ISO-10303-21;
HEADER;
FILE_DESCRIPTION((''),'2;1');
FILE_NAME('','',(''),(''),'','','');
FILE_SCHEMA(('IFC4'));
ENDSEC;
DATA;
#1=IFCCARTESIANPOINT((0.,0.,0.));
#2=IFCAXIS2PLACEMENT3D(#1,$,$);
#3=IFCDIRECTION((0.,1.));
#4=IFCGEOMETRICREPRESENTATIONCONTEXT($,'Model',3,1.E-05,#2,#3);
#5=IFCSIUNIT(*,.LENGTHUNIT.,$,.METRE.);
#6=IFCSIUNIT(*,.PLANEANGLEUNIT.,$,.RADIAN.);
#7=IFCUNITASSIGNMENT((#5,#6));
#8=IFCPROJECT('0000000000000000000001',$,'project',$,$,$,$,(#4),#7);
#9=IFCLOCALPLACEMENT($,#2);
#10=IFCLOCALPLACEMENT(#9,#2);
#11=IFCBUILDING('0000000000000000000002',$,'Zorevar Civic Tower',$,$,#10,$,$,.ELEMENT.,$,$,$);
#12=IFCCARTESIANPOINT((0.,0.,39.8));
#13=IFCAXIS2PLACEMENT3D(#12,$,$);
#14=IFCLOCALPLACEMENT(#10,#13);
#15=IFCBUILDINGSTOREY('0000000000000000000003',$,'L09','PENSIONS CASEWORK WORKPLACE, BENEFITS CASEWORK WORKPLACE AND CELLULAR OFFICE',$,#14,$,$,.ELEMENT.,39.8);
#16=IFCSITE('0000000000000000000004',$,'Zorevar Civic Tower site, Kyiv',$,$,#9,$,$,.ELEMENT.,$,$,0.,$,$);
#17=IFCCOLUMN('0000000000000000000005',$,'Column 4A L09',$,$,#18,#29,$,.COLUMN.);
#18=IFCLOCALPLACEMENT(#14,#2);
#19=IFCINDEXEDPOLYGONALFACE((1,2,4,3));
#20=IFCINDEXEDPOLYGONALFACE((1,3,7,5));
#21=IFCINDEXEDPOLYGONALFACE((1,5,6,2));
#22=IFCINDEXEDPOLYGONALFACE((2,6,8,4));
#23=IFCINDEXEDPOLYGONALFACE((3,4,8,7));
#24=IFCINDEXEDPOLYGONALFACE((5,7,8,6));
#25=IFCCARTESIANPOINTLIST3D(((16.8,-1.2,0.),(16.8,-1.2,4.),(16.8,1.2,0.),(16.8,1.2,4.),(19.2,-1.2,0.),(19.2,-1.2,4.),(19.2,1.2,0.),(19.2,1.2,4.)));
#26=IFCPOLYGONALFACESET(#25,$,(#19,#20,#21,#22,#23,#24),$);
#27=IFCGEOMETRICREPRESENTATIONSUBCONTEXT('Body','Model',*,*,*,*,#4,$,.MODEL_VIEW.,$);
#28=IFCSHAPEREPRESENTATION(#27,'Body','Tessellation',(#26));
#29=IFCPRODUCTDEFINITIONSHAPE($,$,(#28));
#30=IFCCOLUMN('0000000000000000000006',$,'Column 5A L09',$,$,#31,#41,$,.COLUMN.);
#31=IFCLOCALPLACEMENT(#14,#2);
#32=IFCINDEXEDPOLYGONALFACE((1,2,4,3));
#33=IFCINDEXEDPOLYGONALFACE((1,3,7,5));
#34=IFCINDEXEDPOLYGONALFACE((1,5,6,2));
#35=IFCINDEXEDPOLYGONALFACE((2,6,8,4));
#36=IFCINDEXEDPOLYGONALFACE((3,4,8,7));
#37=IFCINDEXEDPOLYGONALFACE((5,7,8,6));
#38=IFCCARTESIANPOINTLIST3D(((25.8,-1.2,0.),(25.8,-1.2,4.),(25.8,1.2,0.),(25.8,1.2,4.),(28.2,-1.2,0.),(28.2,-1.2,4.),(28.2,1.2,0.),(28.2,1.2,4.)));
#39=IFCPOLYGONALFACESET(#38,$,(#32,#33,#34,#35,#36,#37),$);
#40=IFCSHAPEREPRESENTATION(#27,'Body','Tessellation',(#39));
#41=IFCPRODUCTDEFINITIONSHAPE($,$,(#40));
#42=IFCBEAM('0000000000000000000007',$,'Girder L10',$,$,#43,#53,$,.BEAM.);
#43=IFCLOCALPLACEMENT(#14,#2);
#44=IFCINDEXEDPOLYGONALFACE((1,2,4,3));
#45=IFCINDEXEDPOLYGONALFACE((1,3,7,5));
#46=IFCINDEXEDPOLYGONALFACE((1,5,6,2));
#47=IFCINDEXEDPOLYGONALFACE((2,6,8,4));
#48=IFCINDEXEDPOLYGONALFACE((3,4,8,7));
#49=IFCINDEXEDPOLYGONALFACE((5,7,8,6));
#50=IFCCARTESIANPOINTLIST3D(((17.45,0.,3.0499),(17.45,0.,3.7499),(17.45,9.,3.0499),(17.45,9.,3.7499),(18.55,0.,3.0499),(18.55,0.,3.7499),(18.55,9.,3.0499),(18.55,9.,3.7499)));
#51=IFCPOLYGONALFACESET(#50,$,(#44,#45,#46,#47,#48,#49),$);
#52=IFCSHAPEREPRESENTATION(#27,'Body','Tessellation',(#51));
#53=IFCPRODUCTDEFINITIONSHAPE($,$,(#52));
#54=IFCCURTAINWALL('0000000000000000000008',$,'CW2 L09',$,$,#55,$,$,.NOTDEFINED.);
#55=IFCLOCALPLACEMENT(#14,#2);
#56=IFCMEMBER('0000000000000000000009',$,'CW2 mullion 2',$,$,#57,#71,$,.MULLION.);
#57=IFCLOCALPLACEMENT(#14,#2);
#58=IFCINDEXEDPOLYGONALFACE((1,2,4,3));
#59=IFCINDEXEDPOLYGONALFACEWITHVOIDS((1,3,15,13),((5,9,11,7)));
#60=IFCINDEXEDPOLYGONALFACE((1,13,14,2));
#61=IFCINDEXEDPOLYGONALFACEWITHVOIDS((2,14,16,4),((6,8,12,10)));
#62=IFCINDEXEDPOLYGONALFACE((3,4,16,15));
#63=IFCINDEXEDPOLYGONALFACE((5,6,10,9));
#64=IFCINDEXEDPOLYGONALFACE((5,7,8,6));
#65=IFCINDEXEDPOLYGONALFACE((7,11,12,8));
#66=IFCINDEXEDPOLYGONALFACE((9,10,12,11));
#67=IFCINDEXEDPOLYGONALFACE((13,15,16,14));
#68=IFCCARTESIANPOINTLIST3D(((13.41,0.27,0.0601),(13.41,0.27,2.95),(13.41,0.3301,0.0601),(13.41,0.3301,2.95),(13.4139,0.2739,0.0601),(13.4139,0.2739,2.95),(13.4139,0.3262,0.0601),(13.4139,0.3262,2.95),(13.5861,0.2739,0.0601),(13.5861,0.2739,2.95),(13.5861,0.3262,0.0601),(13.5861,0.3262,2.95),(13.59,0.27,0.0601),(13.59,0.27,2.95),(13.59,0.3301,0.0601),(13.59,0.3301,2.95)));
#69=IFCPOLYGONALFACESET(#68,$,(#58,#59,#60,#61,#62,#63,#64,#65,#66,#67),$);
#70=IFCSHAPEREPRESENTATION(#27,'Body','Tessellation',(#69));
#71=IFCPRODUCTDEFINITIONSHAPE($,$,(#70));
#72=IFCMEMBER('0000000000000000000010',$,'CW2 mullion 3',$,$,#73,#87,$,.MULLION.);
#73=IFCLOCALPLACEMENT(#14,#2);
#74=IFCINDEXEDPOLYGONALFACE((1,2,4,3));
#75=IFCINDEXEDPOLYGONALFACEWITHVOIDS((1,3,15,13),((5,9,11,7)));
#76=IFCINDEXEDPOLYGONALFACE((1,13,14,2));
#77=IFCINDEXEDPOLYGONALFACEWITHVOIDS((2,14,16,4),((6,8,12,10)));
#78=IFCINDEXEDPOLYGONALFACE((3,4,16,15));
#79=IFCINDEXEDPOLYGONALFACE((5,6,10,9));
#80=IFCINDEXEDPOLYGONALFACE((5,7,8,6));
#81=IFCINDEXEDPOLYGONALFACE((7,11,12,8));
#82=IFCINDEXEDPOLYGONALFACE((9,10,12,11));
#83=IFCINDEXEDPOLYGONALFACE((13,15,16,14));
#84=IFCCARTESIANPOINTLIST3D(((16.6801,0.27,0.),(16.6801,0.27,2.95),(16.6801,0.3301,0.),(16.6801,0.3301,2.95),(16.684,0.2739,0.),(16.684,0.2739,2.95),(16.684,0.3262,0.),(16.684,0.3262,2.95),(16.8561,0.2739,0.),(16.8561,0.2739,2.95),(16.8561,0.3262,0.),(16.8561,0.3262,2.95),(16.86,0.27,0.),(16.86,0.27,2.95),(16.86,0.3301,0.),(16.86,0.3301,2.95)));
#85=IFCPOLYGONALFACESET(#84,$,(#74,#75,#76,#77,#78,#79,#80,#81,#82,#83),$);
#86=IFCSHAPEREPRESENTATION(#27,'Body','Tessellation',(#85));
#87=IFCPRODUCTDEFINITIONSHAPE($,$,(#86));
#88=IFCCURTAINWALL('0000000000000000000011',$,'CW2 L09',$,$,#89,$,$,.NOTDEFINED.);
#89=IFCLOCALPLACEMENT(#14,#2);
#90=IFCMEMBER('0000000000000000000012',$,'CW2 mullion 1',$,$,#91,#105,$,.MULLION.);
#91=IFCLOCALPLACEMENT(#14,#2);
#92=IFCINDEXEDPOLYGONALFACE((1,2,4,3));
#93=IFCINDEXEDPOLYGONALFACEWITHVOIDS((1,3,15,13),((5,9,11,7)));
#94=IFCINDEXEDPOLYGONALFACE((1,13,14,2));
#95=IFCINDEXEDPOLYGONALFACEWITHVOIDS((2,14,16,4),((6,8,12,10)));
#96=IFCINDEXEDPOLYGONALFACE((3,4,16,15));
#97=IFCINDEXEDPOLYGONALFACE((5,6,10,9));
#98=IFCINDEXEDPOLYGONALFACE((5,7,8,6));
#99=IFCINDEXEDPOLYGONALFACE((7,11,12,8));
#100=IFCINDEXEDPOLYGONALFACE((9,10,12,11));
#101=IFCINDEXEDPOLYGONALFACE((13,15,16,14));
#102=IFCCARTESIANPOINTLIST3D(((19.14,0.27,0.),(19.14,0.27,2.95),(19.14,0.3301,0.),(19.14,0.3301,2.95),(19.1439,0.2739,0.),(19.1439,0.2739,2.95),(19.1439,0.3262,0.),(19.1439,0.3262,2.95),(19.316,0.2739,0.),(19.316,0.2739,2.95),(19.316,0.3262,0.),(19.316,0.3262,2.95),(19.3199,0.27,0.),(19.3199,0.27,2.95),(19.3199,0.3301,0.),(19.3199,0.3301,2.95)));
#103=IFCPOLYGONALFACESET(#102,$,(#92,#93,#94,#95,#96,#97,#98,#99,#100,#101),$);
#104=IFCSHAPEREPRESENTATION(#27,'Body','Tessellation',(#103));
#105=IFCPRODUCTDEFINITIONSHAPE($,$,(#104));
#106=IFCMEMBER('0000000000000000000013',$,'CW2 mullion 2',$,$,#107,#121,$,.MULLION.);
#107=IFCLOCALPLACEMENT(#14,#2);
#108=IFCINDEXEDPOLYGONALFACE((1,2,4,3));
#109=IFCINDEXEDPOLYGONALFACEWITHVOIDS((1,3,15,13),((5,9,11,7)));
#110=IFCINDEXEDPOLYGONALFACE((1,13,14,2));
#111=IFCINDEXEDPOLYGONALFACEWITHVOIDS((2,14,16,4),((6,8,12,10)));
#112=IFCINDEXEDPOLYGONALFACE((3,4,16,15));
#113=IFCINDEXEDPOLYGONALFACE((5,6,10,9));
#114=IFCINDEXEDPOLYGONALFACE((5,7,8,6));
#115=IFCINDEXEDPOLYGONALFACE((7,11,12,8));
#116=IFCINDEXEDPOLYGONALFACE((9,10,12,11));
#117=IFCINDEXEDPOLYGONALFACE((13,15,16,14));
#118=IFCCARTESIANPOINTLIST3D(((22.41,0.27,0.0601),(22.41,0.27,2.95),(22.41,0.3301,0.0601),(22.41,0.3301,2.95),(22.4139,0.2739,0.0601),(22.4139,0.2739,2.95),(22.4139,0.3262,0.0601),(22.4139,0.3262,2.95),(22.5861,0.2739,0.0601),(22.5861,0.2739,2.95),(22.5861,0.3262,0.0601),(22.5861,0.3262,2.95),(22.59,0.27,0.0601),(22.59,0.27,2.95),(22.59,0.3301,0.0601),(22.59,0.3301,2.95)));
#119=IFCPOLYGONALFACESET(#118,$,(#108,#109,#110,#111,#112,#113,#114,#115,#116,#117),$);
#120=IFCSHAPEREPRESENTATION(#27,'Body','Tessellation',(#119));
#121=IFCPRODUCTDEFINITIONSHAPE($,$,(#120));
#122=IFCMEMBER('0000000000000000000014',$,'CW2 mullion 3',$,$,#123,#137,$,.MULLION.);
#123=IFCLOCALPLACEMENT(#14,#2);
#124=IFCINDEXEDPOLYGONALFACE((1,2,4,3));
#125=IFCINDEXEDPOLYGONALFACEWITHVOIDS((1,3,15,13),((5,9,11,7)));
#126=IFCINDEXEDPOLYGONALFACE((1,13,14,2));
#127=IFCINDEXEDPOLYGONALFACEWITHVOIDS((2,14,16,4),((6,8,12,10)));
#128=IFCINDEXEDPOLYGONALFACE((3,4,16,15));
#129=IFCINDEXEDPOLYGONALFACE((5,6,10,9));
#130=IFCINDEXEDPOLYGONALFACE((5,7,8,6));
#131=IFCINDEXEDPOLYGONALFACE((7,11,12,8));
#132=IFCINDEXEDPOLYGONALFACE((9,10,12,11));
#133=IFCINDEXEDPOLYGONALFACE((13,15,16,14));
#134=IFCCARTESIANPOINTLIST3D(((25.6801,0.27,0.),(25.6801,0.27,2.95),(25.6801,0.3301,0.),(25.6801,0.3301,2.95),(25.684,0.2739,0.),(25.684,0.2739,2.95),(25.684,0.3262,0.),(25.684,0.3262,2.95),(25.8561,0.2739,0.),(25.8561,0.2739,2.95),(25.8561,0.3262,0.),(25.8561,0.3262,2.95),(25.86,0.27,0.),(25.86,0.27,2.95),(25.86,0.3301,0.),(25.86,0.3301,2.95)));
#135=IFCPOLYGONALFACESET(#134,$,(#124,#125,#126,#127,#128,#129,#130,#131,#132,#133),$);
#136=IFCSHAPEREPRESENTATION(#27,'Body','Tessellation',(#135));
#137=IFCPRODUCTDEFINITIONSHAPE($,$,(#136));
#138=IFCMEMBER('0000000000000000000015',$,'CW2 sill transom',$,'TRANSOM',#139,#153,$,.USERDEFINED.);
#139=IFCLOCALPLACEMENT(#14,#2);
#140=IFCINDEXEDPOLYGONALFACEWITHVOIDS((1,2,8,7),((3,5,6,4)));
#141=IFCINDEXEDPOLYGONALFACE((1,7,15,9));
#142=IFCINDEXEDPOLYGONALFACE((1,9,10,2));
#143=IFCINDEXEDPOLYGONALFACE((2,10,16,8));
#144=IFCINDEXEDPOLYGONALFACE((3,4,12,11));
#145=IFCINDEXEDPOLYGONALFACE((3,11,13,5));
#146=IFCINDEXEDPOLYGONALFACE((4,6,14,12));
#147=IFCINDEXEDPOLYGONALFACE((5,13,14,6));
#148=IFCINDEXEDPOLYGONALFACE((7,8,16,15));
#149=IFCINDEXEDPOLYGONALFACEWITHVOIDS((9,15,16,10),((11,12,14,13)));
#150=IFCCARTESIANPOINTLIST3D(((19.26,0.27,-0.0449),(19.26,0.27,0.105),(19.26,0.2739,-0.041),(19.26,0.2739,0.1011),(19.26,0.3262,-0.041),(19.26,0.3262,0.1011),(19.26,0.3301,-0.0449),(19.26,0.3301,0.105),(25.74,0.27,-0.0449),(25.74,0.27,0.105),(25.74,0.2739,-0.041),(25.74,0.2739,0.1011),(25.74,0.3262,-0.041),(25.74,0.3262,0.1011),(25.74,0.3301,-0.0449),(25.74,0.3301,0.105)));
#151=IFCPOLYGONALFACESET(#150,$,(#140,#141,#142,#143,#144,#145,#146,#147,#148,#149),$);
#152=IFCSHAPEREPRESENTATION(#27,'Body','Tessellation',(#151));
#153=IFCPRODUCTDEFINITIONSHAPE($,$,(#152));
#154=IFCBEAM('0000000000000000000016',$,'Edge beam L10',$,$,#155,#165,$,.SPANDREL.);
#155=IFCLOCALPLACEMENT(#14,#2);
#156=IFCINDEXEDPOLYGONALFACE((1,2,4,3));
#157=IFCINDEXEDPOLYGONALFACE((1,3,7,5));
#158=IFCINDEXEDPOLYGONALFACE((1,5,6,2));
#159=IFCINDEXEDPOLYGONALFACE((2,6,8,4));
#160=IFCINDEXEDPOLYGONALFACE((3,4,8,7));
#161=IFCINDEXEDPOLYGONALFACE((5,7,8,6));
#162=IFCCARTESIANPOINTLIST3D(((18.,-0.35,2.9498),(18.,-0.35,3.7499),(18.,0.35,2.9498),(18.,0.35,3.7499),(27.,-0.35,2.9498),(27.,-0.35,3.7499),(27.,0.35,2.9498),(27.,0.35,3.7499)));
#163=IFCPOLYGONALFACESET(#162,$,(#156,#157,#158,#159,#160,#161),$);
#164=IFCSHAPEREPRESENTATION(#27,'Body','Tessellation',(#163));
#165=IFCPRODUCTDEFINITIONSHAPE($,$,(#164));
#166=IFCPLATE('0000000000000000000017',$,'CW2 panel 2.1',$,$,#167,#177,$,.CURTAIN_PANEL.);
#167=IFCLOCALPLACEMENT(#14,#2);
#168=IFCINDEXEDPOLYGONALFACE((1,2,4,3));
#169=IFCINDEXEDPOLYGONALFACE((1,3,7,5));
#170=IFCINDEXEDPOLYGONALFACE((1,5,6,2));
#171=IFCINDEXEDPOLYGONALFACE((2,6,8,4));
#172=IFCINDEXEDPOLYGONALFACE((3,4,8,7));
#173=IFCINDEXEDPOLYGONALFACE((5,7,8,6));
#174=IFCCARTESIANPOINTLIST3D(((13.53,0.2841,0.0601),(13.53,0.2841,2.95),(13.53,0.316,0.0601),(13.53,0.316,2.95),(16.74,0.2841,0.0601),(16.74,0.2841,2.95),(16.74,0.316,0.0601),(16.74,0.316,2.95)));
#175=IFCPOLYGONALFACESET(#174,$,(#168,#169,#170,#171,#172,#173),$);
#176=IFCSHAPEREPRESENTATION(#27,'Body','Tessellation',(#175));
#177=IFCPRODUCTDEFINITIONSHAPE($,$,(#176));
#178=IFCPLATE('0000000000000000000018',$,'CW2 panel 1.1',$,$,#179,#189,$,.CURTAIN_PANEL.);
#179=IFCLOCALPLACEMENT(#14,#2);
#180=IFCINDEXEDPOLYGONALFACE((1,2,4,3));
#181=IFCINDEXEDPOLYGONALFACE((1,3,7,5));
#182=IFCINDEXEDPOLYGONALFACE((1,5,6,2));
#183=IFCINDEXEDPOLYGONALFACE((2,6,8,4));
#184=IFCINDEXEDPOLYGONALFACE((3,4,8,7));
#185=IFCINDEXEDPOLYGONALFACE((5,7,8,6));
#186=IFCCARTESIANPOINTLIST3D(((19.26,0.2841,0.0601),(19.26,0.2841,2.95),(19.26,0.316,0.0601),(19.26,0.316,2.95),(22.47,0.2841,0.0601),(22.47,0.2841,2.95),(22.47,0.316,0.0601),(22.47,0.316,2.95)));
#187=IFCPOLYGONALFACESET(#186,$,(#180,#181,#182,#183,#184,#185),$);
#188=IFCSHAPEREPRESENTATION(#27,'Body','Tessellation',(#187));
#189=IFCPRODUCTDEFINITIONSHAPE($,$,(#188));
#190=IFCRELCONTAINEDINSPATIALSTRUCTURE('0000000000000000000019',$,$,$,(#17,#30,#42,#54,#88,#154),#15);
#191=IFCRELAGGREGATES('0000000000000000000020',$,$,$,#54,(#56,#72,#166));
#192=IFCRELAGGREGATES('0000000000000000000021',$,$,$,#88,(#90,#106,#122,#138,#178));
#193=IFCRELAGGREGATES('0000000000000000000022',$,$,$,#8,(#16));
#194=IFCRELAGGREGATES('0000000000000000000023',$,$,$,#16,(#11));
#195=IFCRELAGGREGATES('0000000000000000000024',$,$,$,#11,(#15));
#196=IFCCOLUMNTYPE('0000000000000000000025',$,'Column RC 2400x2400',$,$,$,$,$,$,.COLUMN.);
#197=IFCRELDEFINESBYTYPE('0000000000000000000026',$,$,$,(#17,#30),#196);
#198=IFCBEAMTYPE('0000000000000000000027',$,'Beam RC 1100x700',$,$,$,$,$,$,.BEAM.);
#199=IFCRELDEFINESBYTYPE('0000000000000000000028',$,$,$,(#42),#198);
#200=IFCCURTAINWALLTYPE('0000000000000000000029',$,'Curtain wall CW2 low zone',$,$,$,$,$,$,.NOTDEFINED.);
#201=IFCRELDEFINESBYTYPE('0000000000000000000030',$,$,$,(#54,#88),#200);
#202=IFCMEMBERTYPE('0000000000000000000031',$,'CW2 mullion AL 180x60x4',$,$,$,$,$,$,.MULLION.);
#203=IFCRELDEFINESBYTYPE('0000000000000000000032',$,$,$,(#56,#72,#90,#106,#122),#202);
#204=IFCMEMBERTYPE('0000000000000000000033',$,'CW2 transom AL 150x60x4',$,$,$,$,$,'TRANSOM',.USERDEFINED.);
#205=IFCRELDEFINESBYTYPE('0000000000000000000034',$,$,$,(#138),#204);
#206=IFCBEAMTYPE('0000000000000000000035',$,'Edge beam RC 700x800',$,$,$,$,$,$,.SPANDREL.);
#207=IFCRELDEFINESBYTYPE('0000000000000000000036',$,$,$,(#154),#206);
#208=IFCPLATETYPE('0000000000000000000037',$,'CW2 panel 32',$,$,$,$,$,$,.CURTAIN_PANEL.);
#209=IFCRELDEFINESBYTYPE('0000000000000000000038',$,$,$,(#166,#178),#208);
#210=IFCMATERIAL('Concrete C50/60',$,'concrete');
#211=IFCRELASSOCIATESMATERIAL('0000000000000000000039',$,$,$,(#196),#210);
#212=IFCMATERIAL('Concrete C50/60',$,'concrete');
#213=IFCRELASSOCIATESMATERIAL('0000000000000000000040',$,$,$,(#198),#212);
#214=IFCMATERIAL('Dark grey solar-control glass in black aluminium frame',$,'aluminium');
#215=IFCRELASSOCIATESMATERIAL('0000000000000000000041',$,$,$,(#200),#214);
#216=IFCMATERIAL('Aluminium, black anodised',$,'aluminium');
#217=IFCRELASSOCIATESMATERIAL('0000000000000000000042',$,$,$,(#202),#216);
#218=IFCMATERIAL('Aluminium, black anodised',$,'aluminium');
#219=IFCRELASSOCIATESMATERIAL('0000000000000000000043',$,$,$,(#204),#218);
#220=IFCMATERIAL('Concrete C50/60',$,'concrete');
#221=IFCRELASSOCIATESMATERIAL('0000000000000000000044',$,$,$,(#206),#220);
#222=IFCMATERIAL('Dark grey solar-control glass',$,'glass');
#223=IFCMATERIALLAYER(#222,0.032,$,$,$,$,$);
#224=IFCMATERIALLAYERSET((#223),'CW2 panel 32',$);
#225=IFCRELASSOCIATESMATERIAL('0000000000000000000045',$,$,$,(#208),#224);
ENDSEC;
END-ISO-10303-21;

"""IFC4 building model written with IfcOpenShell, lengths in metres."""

from ifc_helpers import new_model, si_unit, direction, frame, origin, origin_2d, place, context, subcontext, project, spatial, rectangle, hollow_rectangle, extrude, material, layer, layer_set, material_profile, profile_set, type_object, element, aggregate, save


model = new_model("IFC4")

# Units and contexts
model_context = context("Model", 3, precision=1e-05, world=origin(), true_north=direction((0.0, 1.0)))
body_context = subcontext(model_context, "Body", "Model", "MODEL_VIEW")
ifc_project = project(units=[si_unit("LENGTHUNIT", "METRE"), si_unit("PLANEANGLEUNIT", "RADIAN")], contexts=[model_context])

# Site, building, storey
site_placement = place(None, origin())
site = spatial("IfcSite", under=ifc_project, at=site_placement, Name="Zorevar Civic Tower site, Kyiv", CompositionType="ELEMENT", RefElevation=0.0)
building_placement = place(site_placement, origin())
building = spatial("IfcBuilding", under=site, at=building_placement, Name="Zorevar Civic Tower", CompositionType="ELEMENT")
storey_placement = place(building_placement, frame((0.0, 0.0, 39.8)))
storey = spatial("IfcBuildingStorey", under=building, at=storey_placement, Name="L09", Description="PENSIONS CASEWORK WORKPLACE, BENEFITS CASEWORK WORKPLACE AND CELLULAR OFFICE", CompositionType="ELEMENT", Elevation=39.8)

# Columns
ifc_material_1 = material(Name="Concrete C50/60", Category="concrete")
ifc_material_profile_1 = material_profile(ifc_material_1, rectangle(XDim=2.3999, YDim=2.3999, at=origin_2d()), Name="RC 2400x2400")
ifc_profile_set_1 = profile_set([ifc_material_profile_1], Name="Concrete C50/60")
column_type = type_object("IfcColumnType", Name="Column RC 2400x2400", PredefinedType="COLUMN", material=ifc_profile_set_1)
for number, where, z_axis, x_axis, name in (
    (1, (18.0, 0.0, 0.0), (0.0, 0.0, 1.0), (1.0, 0.0, 0.0), "Column 4A L09"),
    (2, (27.0, 0.0, 0.0), (0.0, 0.0, 1.0), (1.0, 0.0, 0.0), "Column 5A L09"),
):
    element("IfcColumn", number, at=place(storey_placement, frame(where, z_axis=z_axis, x_axis=x_axis)), inside=storey, type_object=column_type, Name=name, PredefinedType="COLUMN", context=body_context, shape_type="SweptSolid", body=[
        extrude(rectangle(XDim=2.3999, YDim=2.3999, at=origin_2d()), origin(), (0.0, 0.0, 1.0), 4.0),
    ])

# Beam
ifc_material_2 = material(Name="Concrete C50/60", Category="concrete")
ifc_material_profile_2 = material_profile(ifc_material_2, rectangle(XDim=1.1001, YDim=0.7, at=origin_2d()), Name="RC 1100x700")
ifc_profile_set_2 = profile_set([ifc_material_profile_2], Name="Concrete C50/60")
beam_type_1 = type_object("IfcBeamType", Name="Beam RC 1100x700", PredefinedType="BEAM", material=ifc_profile_set_2)
beam_1_placement = place(storey_placement, frame((18.0, 0.0, 3.3999), z_axis=(0.0, 1.0, 0.0), x_axis=(-1.0, 0.0, 0.0)))
element("IfcBeam", 3, at=beam_1_placement, inside=storey, type_object=beam_type_1, Name="Girder L10", PredefinedType="BEAM", context=body_context, shape_type="SweptSolid", body=[
    extrude(rectangle(XDim=1.1001, YDim=0.7, at=origin_2d()), origin(), (0.0, 0.0, 1.0), 9.0),
])

# Curtain walls, members
ifc_material_3 = material(Name="Dark grey solar-control glass in black aluminium frame", Category="aluminium")
curtain_wall_type = type_object("IfcCurtainWallType", Name="Curtain wall CW2 low zone", PredefinedType="NOTDEFINED", material=ifc_material_3)
curtain_wall_1_placement = place(storey_placement, origin())
curtain_wall_1 = element("IfcCurtainWall", 4, at=curtain_wall_1_placement, inside=storey, type_object=curtain_wall_type, Name="CW2 L09", PredefinedType="NOTDEFINED")
ifc_material_4 = material(Name="Aluminium, black anodised", Category="aluminium")
ifc_material_profile_3 = material_profile(ifc_material_4, hollow_rectangle(XDim=0.0601, YDim=0.1799, WallThickness=0.0039, at=origin_2d()), Name="AL 180x60x4")
ifc_profile_set_3 = profile_set([ifc_material_profile_3], Name="Aluminium, black anodised")
member_type_1 = type_object("IfcMemberType", Name="CW2 mullion AL 180x60x4", PredefinedType="MULLION", material=ifc_profile_set_3)
member_1_placement = place(storey_placement, frame((13.5, 0.3, 0.0601), z_axis=(0.0, 0.0, 1.0), x_axis=(0.0, 1.0, 0.0)))
member_1 = element("IfcMember", 5, at=member_1_placement, type_object=member_type_1, Name="CW2 mullion 2", PredefinedType="MULLION", context=body_context, shape_type="SweptSolid", body=[
    extrude(hollow_rectangle(XDim=0.0601, YDim=0.1799, WallThickness=0.0039, at=origin_2d()), origin(), (0.0, 0.0, 1.0), 2.8899),
])
member_2_placement = place(storey_placement, frame((16.77, 0.3, 0.0), z_axis=(0.0, 0.0, 1.0), x_axis=(0.0, 1.0, 0.0)))
member_2 = element("IfcMember", 6, at=member_2_placement, type_object=member_type_1, Name="CW2 mullion 3", PredefinedType="MULLION", context=body_context, shape_type="SweptSolid", body=[
    extrude(hollow_rectangle(XDim=0.0601, YDim=0.1799, WallThickness=0.0039, at=origin_2d()), origin(), (0.0, 0.0, 1.0), 2.95),
])
curtain_wall_2_placement = place(storey_placement, origin())
curtain_wall_2 = element("IfcCurtainWall", 7, at=curtain_wall_2_placement, inside=storey, type_object=curtain_wall_type, Name="CW2 L09", PredefinedType="NOTDEFINED")
member_3_placement = place(storey_placement, frame((19.23, 0.3, 0.0), z_axis=(0.0, 0.0, 1.0), x_axis=(0.0, 1.0, 0.0)))
member_3 = element("IfcMember", 8, at=member_3_placement, type_object=member_type_1, Name="CW2 mullion 1", PredefinedType="MULLION", context=body_context, shape_type="SweptSolid", body=[
    extrude(hollow_rectangle(XDim=0.0601, YDim=0.1799, WallThickness=0.0039, at=origin_2d()), origin(), (0.0, 0.0, 1.0), 2.95),
])
member_4_placement = place(storey_placement, frame((22.5, 0.3, 0.0601), z_axis=(0.0, 0.0, 1.0), x_axis=(0.0, 1.0, 0.0)))
member_4 = element("IfcMember", 9, at=member_4_placement, type_object=member_type_1, Name="CW2 mullion 2", PredefinedType="MULLION", context=body_context, shape_type="SweptSolid", body=[
    extrude(hollow_rectangle(XDim=0.0601, YDim=0.1799, WallThickness=0.0039, at=origin_2d()), origin(), (0.0, 0.0, 1.0), 2.8899),
])
member_5_placement = place(storey_placement, frame((25.77, 0.3, 0.0), z_axis=(0.0, 0.0, 1.0), x_axis=(0.0, 1.0, 0.0)))
member_5 = element("IfcMember", 10, at=member_5_placement, type_object=member_type_1, Name="CW2 mullion 3", PredefinedType="MULLION", context=body_context, shape_type="SweptSolid", body=[
    extrude(hollow_rectangle(XDim=0.0601, YDim=0.1799, WallThickness=0.0039, at=origin_2d()), origin(), (0.0, 0.0, 1.0), 2.95),
])
ifc_material_5 = material(Name="Aluminium, black anodised", Category="aluminium")
ifc_material_profile_4 = material_profile(ifc_material_5, hollow_rectangle(XDim=0.0601, YDim=0.1499, WallThickness=0.0039, at=origin_2d()), Name="AL 150x60x4")
ifc_profile_set_4 = profile_set([ifc_material_profile_4], Name="Aluminium, black anodised")
member_type_2 = type_object("IfcMemberType", Name="CW2 transom AL 150x60x4", ElementType="TRANSOM", PredefinedType="USERDEFINED", material=ifc_profile_set_4)
member_6_placement = place(storey_placement, frame((19.26, 0.3, 0.03), z_axis=(1.0, 0.0, 0.0), x_axis=(0.0, 1.0, 0.0)))
member_6 = element("IfcMember", 11, at=member_6_placement, type_object=member_type_2, Name="CW2 sill transom", ObjectType="TRANSOM", PredefinedType="USERDEFINED", context=body_context, shape_type="SweptSolid", body=[
    extrude(hollow_rectangle(XDim=0.0601, YDim=0.1499, WallThickness=0.0039, at=origin_2d()), origin(), (0.0, 0.0, 1.0), 6.48),
])

# Beam
ifc_material_6 = material(Name="Concrete C50/60", Category="concrete")
ifc_material_profile_5 = material_profile(ifc_material_6, rectangle(XDim=0.7, YDim=0.8, at=origin_2d()), Name="RC 700x800")
ifc_profile_set_5 = profile_set([ifc_material_profile_5], Name="Concrete C50/60")
beam_type_2 = type_object("IfcBeamType", Name="Edge beam RC 700x800", PredefinedType="SPANDREL", material=ifc_profile_set_5)
beam_2_placement = place(storey_placement, frame((18.0, 0.0, 3.3499), z_axis=(1.0, 0.0, 0.0), x_axis=(0.0, 1.0, 0.0)))
element("IfcBeam", 12, at=beam_2_placement, inside=storey, type_object=beam_type_2, Name="Edge beam L10", PredefinedType="SPANDREL", context=body_context, shape_type="SweptSolid", body=[
    extrude(rectangle(XDim=0.7, YDim=0.8, at=origin_2d()), origin(), (0.0, 0.0, 1.0), 9.0),
])

# Plates
ifc_material_7 = material(Name="Dark grey solar-control glass", Category="glass")
ifc_layer_1 = layer(ifc_material_7, 0.032)
ifc_layer_set_1 = layer_set([ifc_layer_1], Name="CW2 panel 32")
plate_type = type_object("IfcPlateType", Name="CW2 panel 32", PredefinedType="CURTAIN_PANEL", material=ifc_layer_set_1)
plate_1_placement = place(storey_placement, frame((15.135, 0.3, 0.0601), z_axis=(0.0, 0.0, 1.0), x_axis=(1.0, 0.0, 0.0)))
plate_1 = element("IfcPlate", 13, at=plate_1_placement, type_object=plate_type, Name="CW2 panel 2.1", PredefinedType="CURTAIN_PANEL", context=body_context, shape_type="SweptSolid", body=[
    extrude(rectangle(XDim=3.21, YDim=0.032, at=origin_2d()), origin(), (0.0, 0.0, 1.0), 2.8899),
])
aggregate(curtain_wall_1, [member_1, member_2, plate_1])
plate_2_placement = place(storey_placement, frame((20.865, 0.3, 0.0601), z_axis=(0.0, 0.0, 1.0), x_axis=(1.0, 0.0, 0.0)))
plate_2 = element("IfcPlate", 14, at=plate_2_placement, type_object=plate_type, Name="CW2 panel 1.1", PredefinedType="CURTAIN_PANEL", context=body_context, shape_type="SweptSolid", body=[
    extrude(rectangle(XDim=3.21, YDim=0.032, at=origin_2d()), origin(), (0.0, 0.0, 1.0), 2.8899),
])
aggregate(curtain_wall_2, [member_3, member_4, member_5, member_6, plate_2])

save(model, "model.ifc")
